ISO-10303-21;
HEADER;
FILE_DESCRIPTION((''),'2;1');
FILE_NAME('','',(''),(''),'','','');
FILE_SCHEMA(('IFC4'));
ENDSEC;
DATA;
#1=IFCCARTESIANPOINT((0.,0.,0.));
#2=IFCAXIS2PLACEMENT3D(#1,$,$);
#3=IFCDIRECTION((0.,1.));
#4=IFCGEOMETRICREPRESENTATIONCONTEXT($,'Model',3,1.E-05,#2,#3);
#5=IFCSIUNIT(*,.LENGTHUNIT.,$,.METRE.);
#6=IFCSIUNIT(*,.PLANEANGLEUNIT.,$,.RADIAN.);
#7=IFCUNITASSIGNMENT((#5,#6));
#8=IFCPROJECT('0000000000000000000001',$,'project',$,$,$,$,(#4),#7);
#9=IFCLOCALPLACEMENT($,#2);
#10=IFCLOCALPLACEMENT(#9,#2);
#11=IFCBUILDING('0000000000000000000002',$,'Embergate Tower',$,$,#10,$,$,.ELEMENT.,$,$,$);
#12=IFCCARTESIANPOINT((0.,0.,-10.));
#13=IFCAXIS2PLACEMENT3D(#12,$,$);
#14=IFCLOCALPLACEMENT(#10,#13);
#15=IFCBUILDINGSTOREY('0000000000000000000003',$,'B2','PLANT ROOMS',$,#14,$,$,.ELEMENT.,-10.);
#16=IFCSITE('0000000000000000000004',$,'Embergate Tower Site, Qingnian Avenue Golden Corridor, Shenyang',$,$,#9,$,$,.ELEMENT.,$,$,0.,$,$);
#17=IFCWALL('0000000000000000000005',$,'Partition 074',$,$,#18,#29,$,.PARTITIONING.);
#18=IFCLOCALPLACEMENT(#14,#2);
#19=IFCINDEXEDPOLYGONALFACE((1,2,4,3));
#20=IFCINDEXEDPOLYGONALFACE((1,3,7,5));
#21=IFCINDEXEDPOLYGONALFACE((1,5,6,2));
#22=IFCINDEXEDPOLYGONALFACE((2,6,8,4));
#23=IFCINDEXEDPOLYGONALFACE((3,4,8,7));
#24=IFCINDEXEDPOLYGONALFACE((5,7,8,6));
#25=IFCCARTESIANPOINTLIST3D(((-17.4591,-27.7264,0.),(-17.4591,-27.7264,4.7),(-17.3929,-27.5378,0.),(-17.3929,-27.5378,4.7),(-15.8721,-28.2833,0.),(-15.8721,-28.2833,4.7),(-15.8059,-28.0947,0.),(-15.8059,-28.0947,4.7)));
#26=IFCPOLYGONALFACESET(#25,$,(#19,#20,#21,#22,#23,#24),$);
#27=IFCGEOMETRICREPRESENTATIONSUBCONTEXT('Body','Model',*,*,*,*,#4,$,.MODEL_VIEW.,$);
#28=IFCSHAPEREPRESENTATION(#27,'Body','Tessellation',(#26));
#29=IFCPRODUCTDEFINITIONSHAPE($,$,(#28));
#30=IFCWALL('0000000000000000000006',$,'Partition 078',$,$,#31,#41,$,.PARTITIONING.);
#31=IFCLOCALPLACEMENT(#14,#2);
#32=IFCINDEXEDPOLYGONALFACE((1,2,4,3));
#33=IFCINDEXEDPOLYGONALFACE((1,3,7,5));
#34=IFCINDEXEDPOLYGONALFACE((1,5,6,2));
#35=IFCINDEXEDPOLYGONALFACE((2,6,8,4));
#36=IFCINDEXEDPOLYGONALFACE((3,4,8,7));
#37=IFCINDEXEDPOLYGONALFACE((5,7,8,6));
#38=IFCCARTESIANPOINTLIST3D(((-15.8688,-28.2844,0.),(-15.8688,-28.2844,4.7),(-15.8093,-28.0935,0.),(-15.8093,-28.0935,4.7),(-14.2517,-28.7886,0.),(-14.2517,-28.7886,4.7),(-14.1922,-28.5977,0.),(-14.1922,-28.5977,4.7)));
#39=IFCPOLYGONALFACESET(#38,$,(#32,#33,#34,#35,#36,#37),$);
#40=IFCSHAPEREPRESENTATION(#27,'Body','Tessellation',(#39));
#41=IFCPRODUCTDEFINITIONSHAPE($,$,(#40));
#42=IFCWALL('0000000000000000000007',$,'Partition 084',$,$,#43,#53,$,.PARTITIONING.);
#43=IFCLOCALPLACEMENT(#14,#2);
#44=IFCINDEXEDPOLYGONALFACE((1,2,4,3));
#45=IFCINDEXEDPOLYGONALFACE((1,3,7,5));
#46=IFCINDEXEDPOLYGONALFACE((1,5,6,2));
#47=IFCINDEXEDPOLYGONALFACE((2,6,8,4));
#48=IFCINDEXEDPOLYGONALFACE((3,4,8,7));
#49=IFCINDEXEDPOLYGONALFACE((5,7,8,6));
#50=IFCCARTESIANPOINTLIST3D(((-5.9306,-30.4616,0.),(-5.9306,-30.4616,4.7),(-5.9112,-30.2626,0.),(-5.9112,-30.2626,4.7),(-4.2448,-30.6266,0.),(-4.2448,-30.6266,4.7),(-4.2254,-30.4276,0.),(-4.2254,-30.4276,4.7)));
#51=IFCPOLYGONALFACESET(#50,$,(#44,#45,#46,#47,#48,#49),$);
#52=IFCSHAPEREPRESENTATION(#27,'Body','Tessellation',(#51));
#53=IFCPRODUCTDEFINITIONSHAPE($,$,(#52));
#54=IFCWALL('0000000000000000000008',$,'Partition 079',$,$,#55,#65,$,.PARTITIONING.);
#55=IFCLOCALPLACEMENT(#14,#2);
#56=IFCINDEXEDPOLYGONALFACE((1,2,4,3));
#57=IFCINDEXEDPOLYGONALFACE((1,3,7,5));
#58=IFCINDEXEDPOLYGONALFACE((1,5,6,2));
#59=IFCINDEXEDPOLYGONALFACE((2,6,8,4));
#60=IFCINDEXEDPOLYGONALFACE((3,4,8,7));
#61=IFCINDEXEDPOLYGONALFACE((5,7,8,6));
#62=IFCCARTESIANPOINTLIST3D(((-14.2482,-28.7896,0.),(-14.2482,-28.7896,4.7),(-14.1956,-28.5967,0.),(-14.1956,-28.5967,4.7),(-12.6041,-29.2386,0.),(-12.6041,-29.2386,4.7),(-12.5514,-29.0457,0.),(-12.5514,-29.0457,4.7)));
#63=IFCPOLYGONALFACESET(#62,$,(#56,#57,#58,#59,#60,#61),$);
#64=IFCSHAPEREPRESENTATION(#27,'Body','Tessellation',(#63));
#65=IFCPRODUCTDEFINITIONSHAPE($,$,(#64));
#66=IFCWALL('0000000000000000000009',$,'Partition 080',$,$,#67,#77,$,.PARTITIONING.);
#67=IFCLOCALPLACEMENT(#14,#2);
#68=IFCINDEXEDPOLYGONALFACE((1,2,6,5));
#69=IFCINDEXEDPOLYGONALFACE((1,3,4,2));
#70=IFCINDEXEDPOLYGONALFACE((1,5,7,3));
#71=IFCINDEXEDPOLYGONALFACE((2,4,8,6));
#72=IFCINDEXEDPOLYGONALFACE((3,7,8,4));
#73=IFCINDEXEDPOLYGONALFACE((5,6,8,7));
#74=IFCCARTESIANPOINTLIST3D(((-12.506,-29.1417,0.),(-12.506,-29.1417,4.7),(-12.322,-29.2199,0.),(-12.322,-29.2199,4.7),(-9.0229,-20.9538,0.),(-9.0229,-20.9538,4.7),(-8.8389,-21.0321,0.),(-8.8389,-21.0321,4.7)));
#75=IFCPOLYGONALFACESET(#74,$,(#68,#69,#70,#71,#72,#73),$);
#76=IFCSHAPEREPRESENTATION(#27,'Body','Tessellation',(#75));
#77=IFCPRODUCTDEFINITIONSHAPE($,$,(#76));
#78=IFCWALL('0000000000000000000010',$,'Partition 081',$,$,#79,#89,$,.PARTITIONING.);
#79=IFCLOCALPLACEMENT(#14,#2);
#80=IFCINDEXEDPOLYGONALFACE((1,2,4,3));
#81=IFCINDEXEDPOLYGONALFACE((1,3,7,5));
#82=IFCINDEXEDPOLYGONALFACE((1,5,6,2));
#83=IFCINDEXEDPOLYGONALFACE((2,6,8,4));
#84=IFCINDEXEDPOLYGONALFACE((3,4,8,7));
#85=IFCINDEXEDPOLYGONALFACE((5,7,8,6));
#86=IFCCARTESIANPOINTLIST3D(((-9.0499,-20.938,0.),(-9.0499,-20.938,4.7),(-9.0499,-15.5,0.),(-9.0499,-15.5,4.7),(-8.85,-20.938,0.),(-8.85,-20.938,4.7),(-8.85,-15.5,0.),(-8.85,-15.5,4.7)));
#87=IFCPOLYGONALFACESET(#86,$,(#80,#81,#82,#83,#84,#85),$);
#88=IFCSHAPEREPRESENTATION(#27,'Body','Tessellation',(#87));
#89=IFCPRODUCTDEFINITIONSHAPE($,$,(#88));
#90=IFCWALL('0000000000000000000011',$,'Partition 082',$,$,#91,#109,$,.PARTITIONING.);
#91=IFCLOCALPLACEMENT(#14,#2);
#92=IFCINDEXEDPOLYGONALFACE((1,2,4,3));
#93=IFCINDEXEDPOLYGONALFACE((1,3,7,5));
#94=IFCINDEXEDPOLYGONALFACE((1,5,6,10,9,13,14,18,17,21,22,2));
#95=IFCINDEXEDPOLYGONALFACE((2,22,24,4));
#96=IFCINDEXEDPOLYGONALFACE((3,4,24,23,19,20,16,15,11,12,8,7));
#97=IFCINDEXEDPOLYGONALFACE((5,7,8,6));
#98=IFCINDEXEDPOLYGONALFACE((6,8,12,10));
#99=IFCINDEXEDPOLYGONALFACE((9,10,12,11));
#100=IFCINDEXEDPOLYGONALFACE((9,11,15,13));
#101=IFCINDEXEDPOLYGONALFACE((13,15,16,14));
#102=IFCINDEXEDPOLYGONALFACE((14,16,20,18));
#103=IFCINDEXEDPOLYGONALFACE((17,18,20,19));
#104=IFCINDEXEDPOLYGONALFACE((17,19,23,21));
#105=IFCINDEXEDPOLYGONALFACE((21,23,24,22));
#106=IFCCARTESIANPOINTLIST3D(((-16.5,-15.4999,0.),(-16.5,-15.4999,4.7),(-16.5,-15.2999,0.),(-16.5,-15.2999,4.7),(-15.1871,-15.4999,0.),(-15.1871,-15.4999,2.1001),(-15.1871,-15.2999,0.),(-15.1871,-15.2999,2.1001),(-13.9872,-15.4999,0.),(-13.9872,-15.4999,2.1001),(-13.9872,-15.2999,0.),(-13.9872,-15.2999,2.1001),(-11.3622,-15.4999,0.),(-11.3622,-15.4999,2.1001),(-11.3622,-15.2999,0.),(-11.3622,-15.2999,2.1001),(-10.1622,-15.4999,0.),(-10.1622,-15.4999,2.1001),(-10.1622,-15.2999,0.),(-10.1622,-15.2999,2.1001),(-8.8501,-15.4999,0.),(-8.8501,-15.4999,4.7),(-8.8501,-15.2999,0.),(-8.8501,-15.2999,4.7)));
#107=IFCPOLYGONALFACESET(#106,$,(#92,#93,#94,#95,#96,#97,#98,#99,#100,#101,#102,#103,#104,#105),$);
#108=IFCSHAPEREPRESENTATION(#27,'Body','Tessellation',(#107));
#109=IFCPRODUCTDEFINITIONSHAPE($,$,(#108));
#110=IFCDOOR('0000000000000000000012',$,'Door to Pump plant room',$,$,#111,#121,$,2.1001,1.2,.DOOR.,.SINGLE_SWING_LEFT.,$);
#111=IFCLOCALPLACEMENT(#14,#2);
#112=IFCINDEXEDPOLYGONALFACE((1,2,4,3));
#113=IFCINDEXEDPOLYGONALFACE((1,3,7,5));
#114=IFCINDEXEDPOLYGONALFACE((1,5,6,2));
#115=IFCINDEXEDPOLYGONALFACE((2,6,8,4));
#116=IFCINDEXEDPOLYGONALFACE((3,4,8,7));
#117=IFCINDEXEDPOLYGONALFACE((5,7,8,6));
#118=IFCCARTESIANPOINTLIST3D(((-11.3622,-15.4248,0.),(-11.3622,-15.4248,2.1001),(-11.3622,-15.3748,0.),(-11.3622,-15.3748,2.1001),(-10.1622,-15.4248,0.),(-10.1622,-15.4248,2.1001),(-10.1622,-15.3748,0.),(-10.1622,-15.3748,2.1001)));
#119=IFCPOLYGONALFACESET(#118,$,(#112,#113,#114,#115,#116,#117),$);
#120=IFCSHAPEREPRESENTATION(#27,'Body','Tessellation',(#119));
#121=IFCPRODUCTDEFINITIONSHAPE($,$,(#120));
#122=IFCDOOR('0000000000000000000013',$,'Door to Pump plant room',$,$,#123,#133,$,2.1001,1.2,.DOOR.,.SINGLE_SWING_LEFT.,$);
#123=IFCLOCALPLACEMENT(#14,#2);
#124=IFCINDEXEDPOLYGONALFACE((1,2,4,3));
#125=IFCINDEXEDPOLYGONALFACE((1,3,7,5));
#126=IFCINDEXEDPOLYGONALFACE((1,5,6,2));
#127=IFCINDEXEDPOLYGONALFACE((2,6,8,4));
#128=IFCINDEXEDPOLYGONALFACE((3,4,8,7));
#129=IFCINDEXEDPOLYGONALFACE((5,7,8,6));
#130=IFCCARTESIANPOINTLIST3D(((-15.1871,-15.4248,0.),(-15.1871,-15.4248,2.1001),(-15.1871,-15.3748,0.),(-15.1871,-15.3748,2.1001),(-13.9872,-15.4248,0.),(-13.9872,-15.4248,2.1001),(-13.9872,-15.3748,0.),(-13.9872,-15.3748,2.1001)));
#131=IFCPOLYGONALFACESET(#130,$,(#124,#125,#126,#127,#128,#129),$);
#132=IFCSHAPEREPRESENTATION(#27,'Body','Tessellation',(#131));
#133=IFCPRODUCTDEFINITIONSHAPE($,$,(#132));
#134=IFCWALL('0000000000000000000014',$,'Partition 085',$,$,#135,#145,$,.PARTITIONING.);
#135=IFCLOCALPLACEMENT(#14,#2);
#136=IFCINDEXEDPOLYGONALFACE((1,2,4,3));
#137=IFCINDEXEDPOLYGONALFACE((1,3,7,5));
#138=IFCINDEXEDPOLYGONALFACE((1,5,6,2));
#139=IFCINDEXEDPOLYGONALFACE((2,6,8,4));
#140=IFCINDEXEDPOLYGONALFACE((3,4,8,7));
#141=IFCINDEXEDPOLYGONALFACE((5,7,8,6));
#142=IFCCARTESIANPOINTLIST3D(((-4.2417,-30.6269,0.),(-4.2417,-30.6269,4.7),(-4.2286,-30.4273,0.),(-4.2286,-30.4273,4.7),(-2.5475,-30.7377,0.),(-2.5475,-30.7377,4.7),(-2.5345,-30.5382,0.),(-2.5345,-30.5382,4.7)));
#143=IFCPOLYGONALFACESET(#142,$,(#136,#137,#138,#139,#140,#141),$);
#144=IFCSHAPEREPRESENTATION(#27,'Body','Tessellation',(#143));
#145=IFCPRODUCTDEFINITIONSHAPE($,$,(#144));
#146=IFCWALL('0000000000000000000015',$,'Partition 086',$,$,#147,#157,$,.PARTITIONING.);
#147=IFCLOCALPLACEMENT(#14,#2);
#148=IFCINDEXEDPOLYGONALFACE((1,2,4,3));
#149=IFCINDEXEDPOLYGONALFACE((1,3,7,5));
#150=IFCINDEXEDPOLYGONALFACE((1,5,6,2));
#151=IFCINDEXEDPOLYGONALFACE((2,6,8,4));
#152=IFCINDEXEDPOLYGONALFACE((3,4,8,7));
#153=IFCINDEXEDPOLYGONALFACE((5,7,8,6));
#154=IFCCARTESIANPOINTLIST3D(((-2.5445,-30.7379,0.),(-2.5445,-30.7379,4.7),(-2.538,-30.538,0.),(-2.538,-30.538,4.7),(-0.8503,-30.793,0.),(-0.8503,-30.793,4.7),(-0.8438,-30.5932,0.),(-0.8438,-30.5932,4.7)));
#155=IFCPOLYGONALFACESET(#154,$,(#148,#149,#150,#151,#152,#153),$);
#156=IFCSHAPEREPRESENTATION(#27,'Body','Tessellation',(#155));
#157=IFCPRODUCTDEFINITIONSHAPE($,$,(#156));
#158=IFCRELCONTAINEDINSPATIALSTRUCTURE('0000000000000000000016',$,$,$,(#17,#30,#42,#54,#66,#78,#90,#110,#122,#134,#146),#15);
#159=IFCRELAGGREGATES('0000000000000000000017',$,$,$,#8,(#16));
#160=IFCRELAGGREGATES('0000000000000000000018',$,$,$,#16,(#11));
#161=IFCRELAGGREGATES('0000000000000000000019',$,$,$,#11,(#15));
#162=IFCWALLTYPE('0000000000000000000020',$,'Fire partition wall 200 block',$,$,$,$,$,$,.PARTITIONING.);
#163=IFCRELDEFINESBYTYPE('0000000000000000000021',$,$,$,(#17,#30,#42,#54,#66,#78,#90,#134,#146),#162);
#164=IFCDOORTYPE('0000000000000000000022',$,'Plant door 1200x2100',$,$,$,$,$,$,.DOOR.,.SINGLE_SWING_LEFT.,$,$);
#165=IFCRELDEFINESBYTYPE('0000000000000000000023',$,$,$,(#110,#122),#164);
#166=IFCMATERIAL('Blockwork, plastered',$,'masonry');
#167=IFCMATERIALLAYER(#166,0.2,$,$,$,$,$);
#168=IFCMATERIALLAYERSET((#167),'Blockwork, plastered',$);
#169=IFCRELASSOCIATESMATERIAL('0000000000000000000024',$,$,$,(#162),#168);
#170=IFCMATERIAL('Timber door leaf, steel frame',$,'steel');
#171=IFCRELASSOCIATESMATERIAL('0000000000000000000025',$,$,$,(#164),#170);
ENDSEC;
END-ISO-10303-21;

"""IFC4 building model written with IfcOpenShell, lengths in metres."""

from ifc_helpers import new_model, si_unit, direction, frame, frame_2d, origin, place, context, subcontext, project, spatial, rectangle, extrude, source, transform, mapped, material, layer, layer_set, type_object, element, fill, save


model = new_model("IFC4")

# Units and contexts
model_context = context("Model", 3, precision=1e-05, world=origin(), true_north=direction((0.0, 1.0)))
body_context = subcontext(model_context, "Body", "Model", "MODEL_VIEW")
ifc_project = project(units=[si_unit("LENGTHUNIT", "METRE"), si_unit("PLANEANGLEUNIT", "RADIAN")], contexts=[model_context])

# Site, building, storey
site_placement = place(None, origin())
site = spatial("IfcSite", under=ifc_project, at=site_placement, Name="Embergate Tower Site, Qingnian Avenue Golden Corridor, Shenyang", CompositionType="ELEMENT", RefElevation=0.0)
building_placement = place(site_placement, origin())
building = spatial("IfcBuilding", under=site, at=building_placement, Name="Embergate Tower", CompositionType="ELEMENT")
storey_placement = place(building_placement, frame((0.0, 0.0, -10.0)))
storey = spatial("IfcBuildingStorey", under=building, at=storey_placement, Name="B2", Description="PLANT ROOMS", CompositionType="ELEMENT", Elevation=-10.0)

# Walls
ifc_material_1 = material(Name="Blockwork, plastered", Category="masonry")
ifc_layer = layer(ifc_material_1, 0.2)
ifc_layer_set = layer_set([ifc_layer], Name="Blockwork, plastered")
wall_type = type_object("IfcWallType", Name="Fire partition wall 200 block", PredefinedType="PARTITIONING", material=ifc_layer_set)
shared_shape_1 = source(origin(), body_context, "Body", "SweptSolid", [
    extrude(rectangle(XDim=1.6819, YDim=0.2, at=frame_2d((0.8408, 0.0))), origin(), (0.0, 0.0, 1.0), 4.7),
])
wall_1_placement = place(storey_placement, frame((-15.8391, -28.189, 0.0), z_axis=(0.0, 0.0, 1.0), x_axis=(-0.943586, 0.331126, 0.0)))
element("IfcWall", 1, at=wall_1_placement, inside=storey, type_object=wall_type, Name="Partition 074", PredefinedType="PARTITIONING", context=body_context, shape_type="MappedRepresentation", body=[
    mapped(shared_shape_1, transform((0.0, 0.0, 0.0))),
])
shared_shape_2 = source(origin(), body_context, "Body", "SweptSolid", [
    extrude(rectangle(XDim=1.6938, YDim=0.2, at=frame_2d((0.8469, 0.0))), origin(), (0.0, 0.0, 1.0), 4.7),
])
for number, where, z_axis, x_axis, name in (
    (2, (-14.2219, -28.6931, 0.0), (0.0, 0.0, 1.0), (-0.954685, 0.297618, 0.0), "Partition 078"),
    (3, (-4.2351, -30.5271, 0.0), (0.0, 0.0, 1.0), (-0.995242, 0.097434, 0.0), "Partition 084"),
):
    element("IfcWall", number, at=place(storey_placement, frame(where, z_axis=z_axis, x_axis=x_axis)), inside=storey, type_object=wall_type, Name=name, PredefinedType="PARTITIONING", context=body_context, shape_type="MappedRepresentation", body=[
        mapped(shared_shape_2, transform((0.0, 0.0, 0.0))),
    ])
shared_shape_3 = source(origin(), body_context, "Body", "SweptSolid", [
    extrude(rectangle(XDim=1.7043, YDim=0.2, at=frame_2d((0.8521, 0.0))), origin(), (0.0, 0.0, 1.0), 4.7),
])
wall_2_placement = place(storey_placement, frame((-12.5779, -29.1421, 0.0), z_axis=(0.0, 0.0, 1.0), x_axis=(-0.964675, 0.263445, 0.0)))
element("IfcWall", 4, at=wall_2_placement, inside=storey, type_object=wall_type, Name="Partition 079", PredefinedType="PARTITIONING", context=body_context, shape_type="MappedRepresentation", body=[
    mapped(shared_shape_3, transform((0.0, 0.0, 0.0))),
])
shared_shape_4 = source(origin(), body_context, "Body", "SweptSolid", [
    extrude(rectangle(XDim=8.8979, YDim=0.2, at=frame_2d((4.449, 0.0))), origin(), (0.0, 0.0, 1.0), 4.7),
])
wall_3_placement = place(storey_placement, frame((-8.9309, -20.9929, 0.0), z_axis=(0.0, 0.0, 1.0), x_axis=(-0.391451, -0.920199, 0.0)))
element("IfcWall", 5, at=wall_3_placement, inside=storey, type_object=wall_type, Name="Partition 080", PredefinedType="PARTITIONING", context=body_context, shape_type="MappedRepresentation", body=[
    mapped(shared_shape_4, transform((0.0, 0.0, 0.0))),
])
shared_shape_5 = source(origin(), body_context, "Body", "SweptSolid", [
    extrude(rectangle(XDim=5.438, YDim=0.2, at=frame_2d((2.719, 0.0))), origin(), (0.0, 0.0, 1.0), 4.7),
])
wall_4_placement = place(storey_placement, frame((-8.95, -20.938, 0.0), z_axis=(0.0, 0.0, 1.0), x_axis=(0.0, 1.0, 0.0)))
element("IfcWall", 6, at=wall_4_placement, inside=storey, type_object=wall_type, Name="Partition 081", PredefinedType="PARTITIONING", context=body_context, shape_type="MappedRepresentation", body=[
    mapped(shared_shape_5, transform((0.0, 0.0, 0.0))),
])

# Wall, openings, doors
shared_shape_6 = source(origin(), body_context, "Body", "SweptSolid", [
    extrude(rectangle(XDim=7.6499, YDim=0.2, at=frame_2d((3.825, 0.0))), origin(), (0.0, 0.0, 1.0), 4.7),
])
wall_5_placement = place(storey_placement, frame((-8.8501, -15.3999, 0.0), z_axis=(0.0, 0.0, 1.0), x_axis=(-1.0, 0.0, 0.0)))
wall_5 = element("IfcWall", 7, at=wall_5_placement, inside=storey, type_object=wall_type, Name="Partition 082", PredefinedType="PARTITIONING", context=body_context, shape_type="MappedRepresentation", body=[
    mapped(shared_shape_6, transform((0.0, 0.0, 0.0))),
])
shared_shape_7 = source(origin(), body_context, "Body", "SweptSolid", [
    extrude(rectangle(XDim=1.2, YDim=2.1001, at=frame_2d((0.6001, 1.05))), frame((0.0, 0.1099, 0.0), z_axis=(0.0, -1.0, 0.0), x_axis=(1.0, 0.0, 0.0)), (0.0, 0.0, 1.0), 0.22),
])
opening_1_placement = place(wall_5_placement, frame((1.312, 0.0, 0.0)))
opening_1 = element("IfcOpeningElement", 8, at=opening_1_placement, cuts=wall_5, PredefinedType="OPENING", context=body_context, shape_type="MappedRepresentation", body=[
    mapped(shared_shape_7, transform((0.0, 0.0, 0.0))),
])
opening_2_placement = place(wall_5_placement, frame((5.137, 0.0, 0.0)))
opening_2 = element("IfcOpeningElement", 9, at=opening_2_placement, cuts=wall_5, PredefinedType="OPENING", context=body_context, shape_type="MappedRepresentation", body=[
    mapped(shared_shape_7, transform((0.0, 0.0, 0.0))),
])
ifc_material_2 = material(Name="Timber door leaf, steel frame", Category="steel")
door_type = type_object("IfcDoorType", Name="Plant door 1200x2100", OperationType="SINGLE_SWING_LEFT", PredefinedType="DOOR", material=ifc_material_2)
shared_shape_8 = source(origin(), body_context, "Body", "SweptSolid", [
    extrude(rectangle(XDim=1.2, YDim=2.1001, at=frame_2d((0.6001, 1.05))), frame((0.0, 0.0249, 0.0), z_axis=(0.0, -1.0, 0.0), x_axis=(1.0, 0.0, 0.0)), (0.0, 0.0, 1.0), 0.05),
])
door_1_placement = place(opening_1_placement, origin())
door_1 = element("IfcDoor", 10, at=door_1_placement, inside=storey, type_object=door_type, Name="Door to Pump plant room", OperationType="SINGLE_SWING_LEFT", OverallHeight=2.1001, OverallWidth=1.2, PredefinedType="DOOR", context=body_context, shape_type="MappedRepresentation", body=[
    mapped(shared_shape_8, transform((0.0, 0.0, 0.0))),
])
fill(opening_1, door_1)
door_2_placement = place(opening_2_placement, origin())
door_2 = element("IfcDoor", 11, at=door_2_placement, inside=storey, type_object=door_type, Name="Door to Pump plant room", OperationType="SINGLE_SWING_LEFT", OverallHeight=2.1001, OverallWidth=1.2, PredefinedType="DOOR", context=body_context, shape_type="MappedRepresentation", body=[
    mapped(shared_shape_8, transform((0.0, 0.0, 0.0))),
])
fill(opening_2, door_2)

# Walls
shared_shape_9 = source(origin(), body_context, "Body", "SweptSolid", [
    extrude(rectangle(XDim=1.6978, YDim=0.2, at=frame_2d((0.8489, 0.0))), origin(), (0.0, 0.0, 1.0), 4.7),
])
wall_6_placement = place(storey_placement, frame((-2.541, -30.6379, 0.0), z_axis=(0.0, 0.0, 1.0), x_axis=(-0.997866, 0.065288, 0.0)))
element("IfcWall", 12, at=wall_6_placement, inside=storey, type_object=wall_type, Name="Partition 085", PredefinedType="PARTITIONING", context=body_context, shape_type="MappedRepresentation", body=[
    mapped(shared_shape_9, transform((0.0, 0.0, 0.0))),
])
shared_shape_10 = source(origin(), body_context, "Body", "SweptSolid", [
    extrude(rectangle(XDim=1.6951, YDim=0.2, at=frame_2d((0.8477, 0.0))), origin(), (0.0, 0.0, 1.0), 4.7),
])
wall_7_placement = place(storey_placement, frame((-0.8469, -30.6931, 0.0), z_axis=(0.0, 0.0, 1.0), x_axis=(-0.99947, 0.032552, 0.0)))
element("IfcWall", 13, at=wall_7_placement, inside=storey, type_object=wall_type, Name="Partition 086", PredefinedType="PARTITIONING", context=body_context, shape_type="MappedRepresentation", body=[
    mapped(shared_shape_10, transform((0.0, 0.0, 0.0))),
])

save(model, "model.ifc")
